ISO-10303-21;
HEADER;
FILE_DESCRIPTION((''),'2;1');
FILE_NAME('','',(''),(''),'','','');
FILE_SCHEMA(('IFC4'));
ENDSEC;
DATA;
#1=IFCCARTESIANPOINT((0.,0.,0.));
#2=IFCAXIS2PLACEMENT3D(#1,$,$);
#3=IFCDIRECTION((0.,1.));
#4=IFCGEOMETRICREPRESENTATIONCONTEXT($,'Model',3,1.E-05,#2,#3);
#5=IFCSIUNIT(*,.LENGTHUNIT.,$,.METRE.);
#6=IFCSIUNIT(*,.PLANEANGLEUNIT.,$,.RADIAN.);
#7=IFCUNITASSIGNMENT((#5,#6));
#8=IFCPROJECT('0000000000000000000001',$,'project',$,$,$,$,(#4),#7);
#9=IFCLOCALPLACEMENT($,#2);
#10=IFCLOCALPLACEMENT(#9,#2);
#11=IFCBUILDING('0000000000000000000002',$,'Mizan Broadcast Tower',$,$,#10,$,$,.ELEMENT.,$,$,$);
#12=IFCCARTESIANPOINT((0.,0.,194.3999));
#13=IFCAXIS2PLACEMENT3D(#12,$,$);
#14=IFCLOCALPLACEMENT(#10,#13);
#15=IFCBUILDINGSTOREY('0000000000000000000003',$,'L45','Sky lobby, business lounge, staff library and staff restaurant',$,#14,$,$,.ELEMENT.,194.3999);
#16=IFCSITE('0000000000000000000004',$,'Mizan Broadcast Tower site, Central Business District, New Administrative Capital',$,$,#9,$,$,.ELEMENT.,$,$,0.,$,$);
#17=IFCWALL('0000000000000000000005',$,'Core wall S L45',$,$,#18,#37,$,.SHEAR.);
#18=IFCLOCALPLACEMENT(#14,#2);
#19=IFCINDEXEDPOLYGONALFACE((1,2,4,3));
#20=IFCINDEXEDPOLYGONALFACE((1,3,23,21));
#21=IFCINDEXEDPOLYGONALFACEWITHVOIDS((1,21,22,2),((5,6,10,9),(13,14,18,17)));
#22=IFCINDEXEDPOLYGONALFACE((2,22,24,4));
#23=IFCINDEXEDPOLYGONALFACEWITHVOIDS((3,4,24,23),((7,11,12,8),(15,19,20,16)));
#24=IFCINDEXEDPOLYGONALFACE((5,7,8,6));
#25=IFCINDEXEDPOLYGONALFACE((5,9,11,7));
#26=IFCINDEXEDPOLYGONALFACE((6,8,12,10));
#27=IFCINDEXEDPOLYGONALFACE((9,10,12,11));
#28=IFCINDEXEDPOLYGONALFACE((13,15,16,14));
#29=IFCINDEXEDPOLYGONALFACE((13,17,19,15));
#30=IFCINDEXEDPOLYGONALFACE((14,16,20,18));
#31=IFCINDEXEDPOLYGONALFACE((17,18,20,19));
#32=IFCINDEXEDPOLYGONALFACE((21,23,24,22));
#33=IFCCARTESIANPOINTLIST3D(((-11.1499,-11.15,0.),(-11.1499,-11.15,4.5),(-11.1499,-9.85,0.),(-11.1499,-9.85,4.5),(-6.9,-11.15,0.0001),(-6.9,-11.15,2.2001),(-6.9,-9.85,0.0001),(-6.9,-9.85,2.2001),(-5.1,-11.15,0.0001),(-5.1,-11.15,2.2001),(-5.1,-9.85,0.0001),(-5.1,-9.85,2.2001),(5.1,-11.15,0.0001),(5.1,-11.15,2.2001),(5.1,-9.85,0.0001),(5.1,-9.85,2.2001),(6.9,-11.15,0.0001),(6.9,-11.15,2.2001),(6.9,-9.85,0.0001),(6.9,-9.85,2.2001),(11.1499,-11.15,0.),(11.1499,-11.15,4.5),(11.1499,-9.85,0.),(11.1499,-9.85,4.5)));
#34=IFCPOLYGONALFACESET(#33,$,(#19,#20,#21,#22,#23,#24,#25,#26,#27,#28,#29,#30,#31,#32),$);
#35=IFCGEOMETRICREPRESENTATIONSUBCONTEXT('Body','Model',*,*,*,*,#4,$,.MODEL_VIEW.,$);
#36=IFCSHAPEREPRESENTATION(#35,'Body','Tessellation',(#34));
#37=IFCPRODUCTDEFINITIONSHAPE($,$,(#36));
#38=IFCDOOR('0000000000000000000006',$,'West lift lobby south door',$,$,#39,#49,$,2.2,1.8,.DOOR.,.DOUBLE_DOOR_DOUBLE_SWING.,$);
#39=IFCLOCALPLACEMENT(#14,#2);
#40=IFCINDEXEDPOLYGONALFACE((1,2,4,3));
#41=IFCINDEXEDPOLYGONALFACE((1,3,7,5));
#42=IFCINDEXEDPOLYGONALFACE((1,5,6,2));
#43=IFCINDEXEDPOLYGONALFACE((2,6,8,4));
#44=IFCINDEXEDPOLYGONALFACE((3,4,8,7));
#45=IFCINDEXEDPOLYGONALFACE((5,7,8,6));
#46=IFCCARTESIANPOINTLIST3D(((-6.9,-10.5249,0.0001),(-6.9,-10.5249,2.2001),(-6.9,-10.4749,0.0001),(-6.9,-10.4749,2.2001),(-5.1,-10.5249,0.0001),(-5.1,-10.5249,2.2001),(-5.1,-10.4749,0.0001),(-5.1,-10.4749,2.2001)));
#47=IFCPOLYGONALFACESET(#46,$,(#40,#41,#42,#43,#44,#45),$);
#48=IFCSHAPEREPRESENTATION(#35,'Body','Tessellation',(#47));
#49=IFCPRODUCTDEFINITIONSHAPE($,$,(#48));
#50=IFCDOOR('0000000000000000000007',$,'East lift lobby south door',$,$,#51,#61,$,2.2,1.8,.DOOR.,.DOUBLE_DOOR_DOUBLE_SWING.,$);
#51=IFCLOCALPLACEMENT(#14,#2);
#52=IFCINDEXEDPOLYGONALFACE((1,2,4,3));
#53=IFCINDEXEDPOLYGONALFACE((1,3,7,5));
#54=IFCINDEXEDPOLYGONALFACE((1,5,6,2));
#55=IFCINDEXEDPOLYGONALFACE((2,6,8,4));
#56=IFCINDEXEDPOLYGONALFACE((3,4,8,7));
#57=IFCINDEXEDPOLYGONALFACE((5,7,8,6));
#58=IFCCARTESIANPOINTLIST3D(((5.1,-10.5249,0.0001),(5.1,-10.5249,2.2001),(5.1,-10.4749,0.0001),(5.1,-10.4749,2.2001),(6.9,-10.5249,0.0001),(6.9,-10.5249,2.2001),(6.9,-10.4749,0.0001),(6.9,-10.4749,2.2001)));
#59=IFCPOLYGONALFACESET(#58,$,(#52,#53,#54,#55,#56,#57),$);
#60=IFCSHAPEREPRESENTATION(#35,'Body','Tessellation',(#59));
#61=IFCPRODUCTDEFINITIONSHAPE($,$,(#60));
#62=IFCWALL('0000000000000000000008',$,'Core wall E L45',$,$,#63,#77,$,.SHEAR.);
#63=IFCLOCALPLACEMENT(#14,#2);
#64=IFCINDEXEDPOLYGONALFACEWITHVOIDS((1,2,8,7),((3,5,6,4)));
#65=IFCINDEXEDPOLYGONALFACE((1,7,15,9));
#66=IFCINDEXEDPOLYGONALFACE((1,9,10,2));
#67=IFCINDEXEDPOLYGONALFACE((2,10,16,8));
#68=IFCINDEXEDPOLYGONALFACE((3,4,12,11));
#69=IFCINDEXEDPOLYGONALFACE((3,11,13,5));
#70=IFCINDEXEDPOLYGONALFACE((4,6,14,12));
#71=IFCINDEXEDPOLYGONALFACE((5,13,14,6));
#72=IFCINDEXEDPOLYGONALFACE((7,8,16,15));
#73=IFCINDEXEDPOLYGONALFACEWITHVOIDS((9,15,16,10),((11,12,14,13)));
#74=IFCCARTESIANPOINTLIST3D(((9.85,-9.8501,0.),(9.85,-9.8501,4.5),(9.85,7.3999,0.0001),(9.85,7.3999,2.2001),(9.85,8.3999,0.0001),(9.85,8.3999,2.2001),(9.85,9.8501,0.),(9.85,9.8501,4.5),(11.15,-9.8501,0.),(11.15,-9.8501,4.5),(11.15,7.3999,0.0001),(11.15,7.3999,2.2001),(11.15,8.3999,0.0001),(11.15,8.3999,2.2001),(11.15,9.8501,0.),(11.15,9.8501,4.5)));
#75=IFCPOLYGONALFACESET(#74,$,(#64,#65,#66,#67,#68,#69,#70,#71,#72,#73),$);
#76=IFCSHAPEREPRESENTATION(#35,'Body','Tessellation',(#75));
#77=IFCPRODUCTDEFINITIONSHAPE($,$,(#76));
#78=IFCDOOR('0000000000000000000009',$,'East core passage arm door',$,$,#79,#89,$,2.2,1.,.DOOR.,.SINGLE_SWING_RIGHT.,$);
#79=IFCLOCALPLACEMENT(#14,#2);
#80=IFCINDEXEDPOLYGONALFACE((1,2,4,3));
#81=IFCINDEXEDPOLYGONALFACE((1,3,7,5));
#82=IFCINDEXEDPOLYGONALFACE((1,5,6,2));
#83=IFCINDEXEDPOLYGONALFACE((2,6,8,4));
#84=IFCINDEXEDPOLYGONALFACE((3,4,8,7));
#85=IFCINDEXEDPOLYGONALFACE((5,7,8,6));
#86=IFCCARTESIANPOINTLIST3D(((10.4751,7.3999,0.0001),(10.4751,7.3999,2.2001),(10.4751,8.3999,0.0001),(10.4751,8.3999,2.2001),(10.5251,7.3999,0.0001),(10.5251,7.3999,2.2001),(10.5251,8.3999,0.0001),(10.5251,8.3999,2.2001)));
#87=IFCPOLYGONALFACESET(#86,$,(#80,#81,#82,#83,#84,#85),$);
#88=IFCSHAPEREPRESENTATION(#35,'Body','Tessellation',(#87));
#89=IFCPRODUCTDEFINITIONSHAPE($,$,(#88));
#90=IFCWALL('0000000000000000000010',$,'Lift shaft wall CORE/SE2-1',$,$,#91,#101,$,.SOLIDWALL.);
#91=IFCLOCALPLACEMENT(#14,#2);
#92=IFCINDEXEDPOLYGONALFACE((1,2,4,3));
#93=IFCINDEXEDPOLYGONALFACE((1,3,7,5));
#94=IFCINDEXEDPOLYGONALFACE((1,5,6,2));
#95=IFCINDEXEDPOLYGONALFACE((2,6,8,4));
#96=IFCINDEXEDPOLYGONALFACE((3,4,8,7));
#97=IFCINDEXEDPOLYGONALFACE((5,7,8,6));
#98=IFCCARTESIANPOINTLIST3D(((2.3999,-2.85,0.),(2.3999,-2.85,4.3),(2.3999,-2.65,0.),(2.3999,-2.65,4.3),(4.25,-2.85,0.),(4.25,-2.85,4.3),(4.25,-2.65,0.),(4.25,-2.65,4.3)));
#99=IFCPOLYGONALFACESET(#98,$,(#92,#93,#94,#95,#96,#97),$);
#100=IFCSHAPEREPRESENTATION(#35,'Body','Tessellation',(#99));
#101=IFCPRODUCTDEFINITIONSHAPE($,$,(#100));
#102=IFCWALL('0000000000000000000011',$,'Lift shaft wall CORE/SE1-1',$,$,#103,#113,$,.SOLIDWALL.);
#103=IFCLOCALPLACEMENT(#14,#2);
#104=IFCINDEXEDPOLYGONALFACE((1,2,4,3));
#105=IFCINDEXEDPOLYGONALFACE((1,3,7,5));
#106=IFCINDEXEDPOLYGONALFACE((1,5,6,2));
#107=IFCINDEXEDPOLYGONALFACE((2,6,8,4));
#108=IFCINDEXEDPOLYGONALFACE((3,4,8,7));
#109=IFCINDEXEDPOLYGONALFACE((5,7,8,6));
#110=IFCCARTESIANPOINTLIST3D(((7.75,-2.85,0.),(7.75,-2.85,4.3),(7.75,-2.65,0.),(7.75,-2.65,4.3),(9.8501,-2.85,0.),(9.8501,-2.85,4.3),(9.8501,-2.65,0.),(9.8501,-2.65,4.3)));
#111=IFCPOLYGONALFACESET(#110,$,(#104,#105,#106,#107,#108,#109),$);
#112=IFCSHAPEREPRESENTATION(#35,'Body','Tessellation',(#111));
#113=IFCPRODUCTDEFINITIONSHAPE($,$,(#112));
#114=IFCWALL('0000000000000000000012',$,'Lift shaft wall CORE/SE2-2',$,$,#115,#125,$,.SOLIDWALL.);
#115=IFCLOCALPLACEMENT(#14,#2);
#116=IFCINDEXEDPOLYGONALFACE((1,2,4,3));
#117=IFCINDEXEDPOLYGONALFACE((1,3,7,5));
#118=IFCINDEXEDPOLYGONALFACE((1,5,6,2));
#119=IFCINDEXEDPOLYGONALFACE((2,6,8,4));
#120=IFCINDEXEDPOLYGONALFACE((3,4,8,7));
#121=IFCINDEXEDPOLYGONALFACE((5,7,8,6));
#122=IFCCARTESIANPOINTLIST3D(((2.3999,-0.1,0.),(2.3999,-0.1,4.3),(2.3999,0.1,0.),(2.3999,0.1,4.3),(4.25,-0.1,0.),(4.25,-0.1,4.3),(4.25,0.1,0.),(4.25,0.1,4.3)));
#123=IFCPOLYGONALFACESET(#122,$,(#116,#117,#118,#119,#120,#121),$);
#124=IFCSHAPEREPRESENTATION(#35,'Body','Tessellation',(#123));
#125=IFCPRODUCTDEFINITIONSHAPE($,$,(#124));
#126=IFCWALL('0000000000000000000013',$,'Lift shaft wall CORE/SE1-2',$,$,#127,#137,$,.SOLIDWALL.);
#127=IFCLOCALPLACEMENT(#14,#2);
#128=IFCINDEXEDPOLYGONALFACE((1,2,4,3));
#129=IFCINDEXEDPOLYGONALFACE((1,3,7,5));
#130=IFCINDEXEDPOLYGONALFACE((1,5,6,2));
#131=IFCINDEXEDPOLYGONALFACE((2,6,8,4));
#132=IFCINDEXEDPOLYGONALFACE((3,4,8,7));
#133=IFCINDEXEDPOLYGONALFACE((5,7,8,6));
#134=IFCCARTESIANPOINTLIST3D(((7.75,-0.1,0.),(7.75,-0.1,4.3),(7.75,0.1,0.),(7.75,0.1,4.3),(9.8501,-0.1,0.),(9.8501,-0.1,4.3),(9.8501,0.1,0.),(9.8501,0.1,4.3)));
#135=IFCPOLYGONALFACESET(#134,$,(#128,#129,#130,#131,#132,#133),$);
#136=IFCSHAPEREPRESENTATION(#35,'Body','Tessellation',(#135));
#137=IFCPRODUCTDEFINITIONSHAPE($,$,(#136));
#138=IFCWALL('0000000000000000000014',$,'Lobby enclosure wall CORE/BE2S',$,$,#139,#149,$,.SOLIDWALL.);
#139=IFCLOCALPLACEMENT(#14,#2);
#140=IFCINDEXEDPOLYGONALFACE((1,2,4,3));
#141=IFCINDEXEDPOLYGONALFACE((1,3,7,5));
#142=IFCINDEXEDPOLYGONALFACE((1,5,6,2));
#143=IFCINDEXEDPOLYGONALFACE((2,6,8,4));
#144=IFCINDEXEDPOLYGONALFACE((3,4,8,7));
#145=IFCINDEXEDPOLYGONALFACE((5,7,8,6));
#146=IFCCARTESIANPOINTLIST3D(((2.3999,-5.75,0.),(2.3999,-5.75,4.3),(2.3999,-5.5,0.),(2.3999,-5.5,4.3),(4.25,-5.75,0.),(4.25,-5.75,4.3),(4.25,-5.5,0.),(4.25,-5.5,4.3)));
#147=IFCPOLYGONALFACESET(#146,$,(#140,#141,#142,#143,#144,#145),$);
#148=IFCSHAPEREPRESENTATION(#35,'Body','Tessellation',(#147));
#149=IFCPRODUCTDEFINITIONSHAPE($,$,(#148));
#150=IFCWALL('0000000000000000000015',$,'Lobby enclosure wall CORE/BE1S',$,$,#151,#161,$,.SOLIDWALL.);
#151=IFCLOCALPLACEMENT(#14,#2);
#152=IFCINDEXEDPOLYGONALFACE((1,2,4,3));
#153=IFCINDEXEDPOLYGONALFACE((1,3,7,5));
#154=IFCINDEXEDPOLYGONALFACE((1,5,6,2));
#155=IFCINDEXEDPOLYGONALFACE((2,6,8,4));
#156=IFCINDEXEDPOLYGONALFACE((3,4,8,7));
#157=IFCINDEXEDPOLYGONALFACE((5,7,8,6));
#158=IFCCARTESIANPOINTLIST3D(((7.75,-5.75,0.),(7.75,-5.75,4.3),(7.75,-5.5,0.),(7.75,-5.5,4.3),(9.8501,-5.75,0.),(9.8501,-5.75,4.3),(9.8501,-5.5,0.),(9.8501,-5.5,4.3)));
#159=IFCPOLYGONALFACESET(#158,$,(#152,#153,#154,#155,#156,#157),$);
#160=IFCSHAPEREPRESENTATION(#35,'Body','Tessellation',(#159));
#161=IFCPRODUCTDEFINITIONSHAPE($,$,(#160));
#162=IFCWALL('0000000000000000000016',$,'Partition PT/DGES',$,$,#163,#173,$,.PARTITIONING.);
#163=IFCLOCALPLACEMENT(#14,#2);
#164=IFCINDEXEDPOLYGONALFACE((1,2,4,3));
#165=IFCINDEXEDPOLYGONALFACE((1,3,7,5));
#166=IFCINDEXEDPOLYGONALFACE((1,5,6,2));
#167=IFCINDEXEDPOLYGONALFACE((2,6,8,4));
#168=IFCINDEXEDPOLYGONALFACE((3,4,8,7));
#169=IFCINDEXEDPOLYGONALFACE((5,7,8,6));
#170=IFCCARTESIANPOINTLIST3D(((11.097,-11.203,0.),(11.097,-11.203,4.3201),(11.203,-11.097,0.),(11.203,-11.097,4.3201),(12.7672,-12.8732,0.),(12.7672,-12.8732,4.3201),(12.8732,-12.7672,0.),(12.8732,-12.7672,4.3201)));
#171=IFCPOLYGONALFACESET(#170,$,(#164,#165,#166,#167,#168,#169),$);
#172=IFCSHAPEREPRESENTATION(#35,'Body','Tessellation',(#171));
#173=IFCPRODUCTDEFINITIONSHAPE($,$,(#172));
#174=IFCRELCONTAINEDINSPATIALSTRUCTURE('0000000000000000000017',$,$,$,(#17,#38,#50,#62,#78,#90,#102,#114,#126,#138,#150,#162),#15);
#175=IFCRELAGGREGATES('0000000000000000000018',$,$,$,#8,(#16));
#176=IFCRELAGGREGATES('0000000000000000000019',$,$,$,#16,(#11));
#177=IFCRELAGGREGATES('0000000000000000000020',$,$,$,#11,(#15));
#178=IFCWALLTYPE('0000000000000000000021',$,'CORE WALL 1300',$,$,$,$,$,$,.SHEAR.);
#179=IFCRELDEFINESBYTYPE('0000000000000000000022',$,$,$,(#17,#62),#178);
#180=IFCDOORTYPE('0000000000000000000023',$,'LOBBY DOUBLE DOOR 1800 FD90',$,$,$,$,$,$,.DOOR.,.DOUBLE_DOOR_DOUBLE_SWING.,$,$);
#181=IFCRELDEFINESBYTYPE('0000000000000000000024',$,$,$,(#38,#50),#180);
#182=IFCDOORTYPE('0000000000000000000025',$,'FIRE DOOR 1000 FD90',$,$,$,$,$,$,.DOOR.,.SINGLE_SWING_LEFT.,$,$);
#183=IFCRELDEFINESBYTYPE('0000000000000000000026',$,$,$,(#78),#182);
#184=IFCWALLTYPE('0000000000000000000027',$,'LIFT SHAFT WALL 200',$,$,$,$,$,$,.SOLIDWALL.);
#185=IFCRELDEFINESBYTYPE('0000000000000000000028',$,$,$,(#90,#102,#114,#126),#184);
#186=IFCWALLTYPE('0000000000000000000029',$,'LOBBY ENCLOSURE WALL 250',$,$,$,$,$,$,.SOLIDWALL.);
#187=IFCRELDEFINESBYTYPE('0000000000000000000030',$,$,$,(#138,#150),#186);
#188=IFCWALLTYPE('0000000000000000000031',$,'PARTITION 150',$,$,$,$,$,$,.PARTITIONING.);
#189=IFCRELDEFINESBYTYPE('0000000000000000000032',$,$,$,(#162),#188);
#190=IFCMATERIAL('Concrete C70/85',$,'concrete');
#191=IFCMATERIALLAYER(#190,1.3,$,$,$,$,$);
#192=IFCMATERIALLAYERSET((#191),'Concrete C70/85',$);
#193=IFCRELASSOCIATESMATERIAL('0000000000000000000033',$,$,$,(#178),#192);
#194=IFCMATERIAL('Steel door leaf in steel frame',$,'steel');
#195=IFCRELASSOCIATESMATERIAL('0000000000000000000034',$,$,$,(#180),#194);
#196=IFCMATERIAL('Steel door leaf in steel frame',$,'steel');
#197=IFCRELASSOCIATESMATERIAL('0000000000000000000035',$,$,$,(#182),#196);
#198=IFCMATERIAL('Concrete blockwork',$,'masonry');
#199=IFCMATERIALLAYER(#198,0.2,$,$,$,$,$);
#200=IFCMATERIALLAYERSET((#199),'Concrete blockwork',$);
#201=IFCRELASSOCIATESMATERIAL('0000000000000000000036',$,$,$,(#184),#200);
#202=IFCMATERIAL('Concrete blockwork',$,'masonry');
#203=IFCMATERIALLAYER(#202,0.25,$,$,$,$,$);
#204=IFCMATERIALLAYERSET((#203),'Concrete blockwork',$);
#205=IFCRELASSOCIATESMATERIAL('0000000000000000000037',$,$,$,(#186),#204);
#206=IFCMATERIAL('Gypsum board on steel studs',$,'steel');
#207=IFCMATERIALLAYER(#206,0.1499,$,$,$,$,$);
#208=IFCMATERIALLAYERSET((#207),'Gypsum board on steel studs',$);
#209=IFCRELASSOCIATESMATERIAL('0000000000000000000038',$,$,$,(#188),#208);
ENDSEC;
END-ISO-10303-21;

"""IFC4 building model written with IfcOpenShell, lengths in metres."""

from ifc_helpers import new_model, si_unit, direction, frame, frame_2d, origin, place, context, subcontext, project, spatial, rectangle, extrude, material, layer, layer_set, type_object, element, fill, save


model = new_model("IFC4")

# Units and contexts
model_context = context("Model", 3, precision=1e-05, world=origin(), true_north=direction((0.0, 1.0)))
body_context = subcontext(model_context, "Body", "Model", "MODEL_VIEW")
ifc_project = project(units=[si_unit("LENGTHUNIT", "METRE"), si_unit("PLANEANGLEUNIT", "RADIAN")], contexts=[model_context])

# Site, building, storey
site_placement = place(None, origin())
site = spatial("IfcSite", under=ifc_project, at=site_placement, Name="Mizan Broadcast Tower site, Central Business District, New Administrative Capital", CompositionType="ELEMENT", RefElevation=0.0)
building_placement = place(site_placement, origin())
building = spatial("IfcBuilding", under=site, at=building_placement, Name="Mizan Broadcast Tower", CompositionType="ELEMENT")
storey_placement = place(building_placement, frame((0.0, 0.0, 194.3999)))
storey = spatial("IfcBuildingStorey", under=building, at=storey_placement, Name="L45", Description="Sky lobby, business lounge, staff library and staff restaurant", CompositionType="ELEMENT", Elevation=194.3999)

# Wall, openings, doors
ifc_material_1 = material(Name="Concrete C70/85", Category="concrete")
ifc_layer_1 = layer(ifc_material_1, 1.3)
ifc_layer_set_1 = layer_set([ifc_layer_1], Name="Concrete C70/85")
wall_type_1 = type_object("IfcWallType", Name="CORE WALL 1300", PredefinedType="SHEAR", material=ifc_layer_set_1)
wall_1_placement = place(storey_placement, frame((11.1499, -10.5, 0.0), z_axis=(0.0, 0.0, 1.0), x_axis=(-1.0, 0.0, 0.0)))
wall_1 = element("IfcWall", 1, at=wall_1_placement, inside=storey, type_object=wall_type_1, Name="Core wall S L45", PredefinedType="SHEAR", context=body_context, shape_type="SweptSolid", body=[
    extrude(rectangle(XDim=22.2998, YDim=1.3, at=frame_2d((11.1499, 0.0))), origin(), (0.0, 0.0, 1.0), 4.5),
])
opening_1_placement = place(wall_1_placement, frame((16.25, 0.0, 0.0)))
opening_1 = element("IfcOpeningElement", 2, at=opening_1_placement, cuts=wall_1, PredefinedType="OPENING", context=body_context, shape_type="SweptSolid", body=[
    extrude(rectangle(XDim=1.8, YDim=2.2, at=frame_2d((0.8999, 1.1001))), frame((0.0, 0.6599, 0.0), z_axis=(0.0, -1.0, 0.0), x_axis=(1.0, 0.0, 0.0)), (0.0, 0.0, 1.0), 1.3201),
])
opening_2_placement = place(wall_1_placement, frame((4.25, 0.0, 0.0)))
opening_2 = element("IfcOpeningElement", 3, at=opening_2_placement, cuts=wall_1, PredefinedType="OPENING", context=body_context, shape_type="SweptSolid", body=[
    extrude(rectangle(XDim=1.8, YDim=2.2, at=frame_2d((0.8999, 1.1001))), frame((0.0, 0.6599, 0.0), z_axis=(0.0, -1.0, 0.0), x_axis=(1.0, 0.0, 0.0)), (0.0, 0.0, 1.0), 1.3201),
])
ifc_material_2 = material(Name="Steel door leaf in steel frame", Category="steel")
door_type_1 = type_object("IfcDoorType", Name="LOBBY DOUBLE DOOR 1800 FD90", OperationType="DOUBLE_DOOR_DOUBLE_SWING", PredefinedType="DOOR", material=ifc_material_2)
door_1_placement = place(opening_1_placement, origin())
door_1 = element("IfcDoor", 4, at=door_1_placement, inside=storey, type_object=door_type_1, Name="West lift lobby south door", OperationType="DOUBLE_DOOR_DOUBLE_SWING", OverallHeight=2.2, OverallWidth=1.8, PredefinedType="DOOR", context=body_context, shape_type="SweptSolid", body=[
    extrude(rectangle(XDim=1.8, YDim=2.2, at=frame_2d((0.8999, 1.1001))), frame((0.0, 0.0249, 0.0), z_axis=(0.0, -1.0, 0.0), x_axis=(1.0, 0.0, 0.0)), (0.0, 0.0, 1.0), 0.05),
])
fill(opening_1, door_1)
door_2_placement = place(opening_2_placement, origin())
door_2 = element("IfcDoor", 5, at=door_2_placement, inside=storey, type_object=door_type_1, Name="East lift lobby south door", OperationType="DOUBLE_DOOR_DOUBLE_SWING", OverallHeight=2.2, OverallWidth=1.8, PredefinedType="DOOR", context=body_context, shape_type="SweptSolid", body=[
    extrude(rectangle(XDim=1.8, YDim=2.2, at=frame_2d((0.8999, 1.1001))), frame((0.0, 0.0249, 0.0), z_axis=(0.0, -1.0, 0.0), x_axis=(1.0, 0.0, 0.0)), (0.0, 0.0, 1.0), 0.05),
])
fill(opening_2, door_2)

# Wall, opening, door
wall_2_placement = place(storey_placement, frame((10.5, -9.8501, 0.0), z_axis=(0.0, 0.0, 1.0), x_axis=(0.0, 1.0, 0.0)))
wall_2 = element("IfcWall", 6, at=wall_2_placement, inside=storey, type_object=wall_type_1, Name="Core wall E L45", PredefinedType="SHEAR", context=body_context, shape_type="SweptSolid", body=[
    extrude(rectangle(XDim=19.7002, YDim=1.3, at=frame_2d((9.8501, 0.0))), origin(), (0.0, 0.0, 1.0), 4.5),
])
opening_3_placement = place(wall_2_placement, frame((17.25, 0.0, 0.0)))
opening_3 = element("IfcOpeningElement", 7, at=opening_3_placement, cuts=wall_2, PredefinedType="OPENING", context=body_context, shape_type="SweptSolid", body=[
    extrude(rectangle(XDim=1.0, YDim=2.2, at=frame_2d((0.5, 1.1001))), frame((0.0, 0.6599, 0.0), z_axis=(0.0, -1.0, 0.0), x_axis=(1.0, 0.0, 0.0)), (0.0, 0.0, 1.0), 1.3201),
])
ifc_material_3 = material(Name="Steel door leaf in steel frame", Category="steel")
door_type_2 = type_object("IfcDoorType", Name="FIRE DOOR 1000 FD90", OperationType="SINGLE_SWING_LEFT", PredefinedType="DOOR", material=ifc_material_3)
door_3_placement = place(opening_3_placement, origin())
door_3 = element("IfcDoor", 8, at=door_3_placement, inside=storey, type_object=door_type_2, Name="East core passage arm door", OperationType="SINGLE_SWING_RIGHT", OverallHeight=2.2, OverallWidth=1.0, PredefinedType="DOOR", context=body_context, shape_type="SweptSolid", body=[
    extrude(rectangle(XDim=1.0, YDim=2.2, at=frame_2d((0.5, 1.1001))), frame((0.0, 0.0249, 0.0), z_axis=(0.0, -1.0, 0.0), x_axis=(1.0, 0.0, 0.0)), (0.0, 0.0, 1.0), 0.05),
])
fill(opening_3, door_3)

# Walls
ifc_material_4 = material(Name="Concrete blockwork", Category="masonry")
ifc_layer_2 = layer(ifc_material_4, 0.2)
ifc_layer_set_2 = layer_set([ifc_layer_2], Name="Concrete blockwork")
wall_type_2 = type_object("IfcWallType", Name="LIFT SHAFT WALL 200", PredefinedType="SOLIDWALL", material=ifc_layer_set_2)
wall_3_placement = place(storey_placement, frame((2.3999, -2.75, 0.0), z_axis=(0.0, 0.0, 1.0), x_axis=(1.0, 0.0, 0.0)))
element("IfcWall", 9, at=wall_3_placement, inside=storey, type_object=wall_type_2, Name="Lift shaft wall CORE/SE2-1", PredefinedType="SOLIDWALL", context=body_context, shape_type="SweptSolid", body=[
    extrude(rectangle(XDim=1.8501, YDim=0.2, at=frame_2d((0.925, 0.0))), origin(), (0.0, 0.0, 1.0), 4.3),
])
wall_4_placement = place(storey_placement, frame((7.75, -2.75, 0.0), z_axis=(0.0, 0.0, 1.0), x_axis=(1.0, 0.0, 0.0)))
element("IfcWall", 10, at=wall_4_placement, inside=storey, type_object=wall_type_2, Name="Lift shaft wall CORE/SE1-1", PredefinedType="SOLIDWALL", context=body_context, shape_type="SweptSolid", body=[
    extrude(rectangle(XDim=2.1001, YDim=0.2, at=frame_2d((1.05, 0.0))), origin(), (0.0, 0.0, 1.0), 4.3),
])
wall_5_placement = place(storey_placement, frame((2.3999, 0.0, 0.0), z_axis=(0.0, 0.0, 1.0), x_axis=(1.0, 0.0, 0.0)))
element("IfcWall", 11, at=wall_5_placement, inside=storey, type_object=wall_type_2, Name="Lift shaft wall CORE/SE2-2", PredefinedType="SOLIDWALL", context=body_context, shape_type="SweptSolid", body=[
    extrude(rectangle(XDim=1.8501, YDim=0.2, at=frame_2d((0.925, 0.0))), origin(), (0.0, 0.0, 1.0), 4.3),
])
wall_6_placement = place(storey_placement, frame((7.75, 0.0, 0.0), z_axis=(0.0, 0.0, 1.0), x_axis=(1.0, 0.0, 0.0)))
element("IfcWall", 12, at=wall_6_placement, inside=storey, type_object=wall_type_2, Name="Lift shaft wall CORE/SE1-2", PredefinedType="SOLIDWALL", context=body_context, shape_type="SweptSolid", body=[
    extrude(rectangle(XDim=2.1001, YDim=0.2, at=frame_2d((1.05, 0.0))), origin(), (0.0, 0.0, 1.0), 4.3),
])
ifc_material_5 = material(Name="Concrete blockwork", Category="masonry")
ifc_layer_3 = layer(ifc_material_5, 0.25)
ifc_layer_set_3 = layer_set([ifc_layer_3], Name="Concrete blockwork")
wall_type_3 = type_object("IfcWallType", Name="LOBBY ENCLOSURE WALL 250", PredefinedType="SOLIDWALL", material=ifc_layer_set_3)
wall_7_placement = place(storey_placement, frame((2.3999, -5.625, 0.0), z_axis=(0.0, 0.0, 1.0), x_axis=(1.0, 0.0, 0.0)))
element("IfcWall", 13, at=wall_7_placement, inside=storey, type_object=wall_type_3, Name="Lobby enclosure wall CORE/BE2S", PredefinedType="SOLIDWALL", context=body_context, shape_type="SweptSolid", body=[
    extrude(rectangle(XDim=1.8501, YDim=0.25, at=frame_2d((0.925, 0.0))), origin(), (0.0, 0.0, 1.0), 4.3),
])
wall_8_placement = place(storey_placement, frame((7.75, -5.625, 0.0), z_axis=(0.0, 0.0, 1.0), x_axis=(1.0, 0.0, 0.0)))
element("IfcWall", 14, at=wall_8_placement, inside=storey, type_object=wall_type_3, Name="Lobby enclosure wall CORE/BE1S", PredefinedType="SOLIDWALL", context=body_context, shape_type="SweptSolid", body=[
    extrude(rectangle(XDim=2.1001, YDim=0.25, at=frame_2d((1.05, 0.0))), origin(), (0.0, 0.0, 1.0), 4.3),
])
ifc_material_6 = material(Name="Gypsum board on steel studs", Category="steel")
ifc_layer_4 = layer(ifc_material_6, 0.1499)
ifc_layer_set_4 = layer_set([ifc_layer_4], Name="Gypsum board on steel studs")
wall_type_4 = type_object("IfcWallType", Name="PARTITION 150", PredefinedType="PARTITIONING", material=ifc_layer_set_4)
wall_9_placement = place(storey_placement, frame((11.1499, -11.1499, 0.0), z_axis=(0.0, 0.0, 1.0), x_axis=(0.707107, -0.707107, 0.0)))
element("IfcWall", 15, at=wall_9_placement, inside=storey, type_object=wall_type_4, Name="Partition PT/DGES", PredefinedType="PARTITIONING", context=body_context, shape_type="SweptSolid", body=[
    extrude(rectangle(XDim=2.3621, YDim=0.1499, at=frame_2d((1.1812, 0.0))), origin(), (0.0, 0.0, 1.0), 4.3201),
])

save(model, "model.ifc")
